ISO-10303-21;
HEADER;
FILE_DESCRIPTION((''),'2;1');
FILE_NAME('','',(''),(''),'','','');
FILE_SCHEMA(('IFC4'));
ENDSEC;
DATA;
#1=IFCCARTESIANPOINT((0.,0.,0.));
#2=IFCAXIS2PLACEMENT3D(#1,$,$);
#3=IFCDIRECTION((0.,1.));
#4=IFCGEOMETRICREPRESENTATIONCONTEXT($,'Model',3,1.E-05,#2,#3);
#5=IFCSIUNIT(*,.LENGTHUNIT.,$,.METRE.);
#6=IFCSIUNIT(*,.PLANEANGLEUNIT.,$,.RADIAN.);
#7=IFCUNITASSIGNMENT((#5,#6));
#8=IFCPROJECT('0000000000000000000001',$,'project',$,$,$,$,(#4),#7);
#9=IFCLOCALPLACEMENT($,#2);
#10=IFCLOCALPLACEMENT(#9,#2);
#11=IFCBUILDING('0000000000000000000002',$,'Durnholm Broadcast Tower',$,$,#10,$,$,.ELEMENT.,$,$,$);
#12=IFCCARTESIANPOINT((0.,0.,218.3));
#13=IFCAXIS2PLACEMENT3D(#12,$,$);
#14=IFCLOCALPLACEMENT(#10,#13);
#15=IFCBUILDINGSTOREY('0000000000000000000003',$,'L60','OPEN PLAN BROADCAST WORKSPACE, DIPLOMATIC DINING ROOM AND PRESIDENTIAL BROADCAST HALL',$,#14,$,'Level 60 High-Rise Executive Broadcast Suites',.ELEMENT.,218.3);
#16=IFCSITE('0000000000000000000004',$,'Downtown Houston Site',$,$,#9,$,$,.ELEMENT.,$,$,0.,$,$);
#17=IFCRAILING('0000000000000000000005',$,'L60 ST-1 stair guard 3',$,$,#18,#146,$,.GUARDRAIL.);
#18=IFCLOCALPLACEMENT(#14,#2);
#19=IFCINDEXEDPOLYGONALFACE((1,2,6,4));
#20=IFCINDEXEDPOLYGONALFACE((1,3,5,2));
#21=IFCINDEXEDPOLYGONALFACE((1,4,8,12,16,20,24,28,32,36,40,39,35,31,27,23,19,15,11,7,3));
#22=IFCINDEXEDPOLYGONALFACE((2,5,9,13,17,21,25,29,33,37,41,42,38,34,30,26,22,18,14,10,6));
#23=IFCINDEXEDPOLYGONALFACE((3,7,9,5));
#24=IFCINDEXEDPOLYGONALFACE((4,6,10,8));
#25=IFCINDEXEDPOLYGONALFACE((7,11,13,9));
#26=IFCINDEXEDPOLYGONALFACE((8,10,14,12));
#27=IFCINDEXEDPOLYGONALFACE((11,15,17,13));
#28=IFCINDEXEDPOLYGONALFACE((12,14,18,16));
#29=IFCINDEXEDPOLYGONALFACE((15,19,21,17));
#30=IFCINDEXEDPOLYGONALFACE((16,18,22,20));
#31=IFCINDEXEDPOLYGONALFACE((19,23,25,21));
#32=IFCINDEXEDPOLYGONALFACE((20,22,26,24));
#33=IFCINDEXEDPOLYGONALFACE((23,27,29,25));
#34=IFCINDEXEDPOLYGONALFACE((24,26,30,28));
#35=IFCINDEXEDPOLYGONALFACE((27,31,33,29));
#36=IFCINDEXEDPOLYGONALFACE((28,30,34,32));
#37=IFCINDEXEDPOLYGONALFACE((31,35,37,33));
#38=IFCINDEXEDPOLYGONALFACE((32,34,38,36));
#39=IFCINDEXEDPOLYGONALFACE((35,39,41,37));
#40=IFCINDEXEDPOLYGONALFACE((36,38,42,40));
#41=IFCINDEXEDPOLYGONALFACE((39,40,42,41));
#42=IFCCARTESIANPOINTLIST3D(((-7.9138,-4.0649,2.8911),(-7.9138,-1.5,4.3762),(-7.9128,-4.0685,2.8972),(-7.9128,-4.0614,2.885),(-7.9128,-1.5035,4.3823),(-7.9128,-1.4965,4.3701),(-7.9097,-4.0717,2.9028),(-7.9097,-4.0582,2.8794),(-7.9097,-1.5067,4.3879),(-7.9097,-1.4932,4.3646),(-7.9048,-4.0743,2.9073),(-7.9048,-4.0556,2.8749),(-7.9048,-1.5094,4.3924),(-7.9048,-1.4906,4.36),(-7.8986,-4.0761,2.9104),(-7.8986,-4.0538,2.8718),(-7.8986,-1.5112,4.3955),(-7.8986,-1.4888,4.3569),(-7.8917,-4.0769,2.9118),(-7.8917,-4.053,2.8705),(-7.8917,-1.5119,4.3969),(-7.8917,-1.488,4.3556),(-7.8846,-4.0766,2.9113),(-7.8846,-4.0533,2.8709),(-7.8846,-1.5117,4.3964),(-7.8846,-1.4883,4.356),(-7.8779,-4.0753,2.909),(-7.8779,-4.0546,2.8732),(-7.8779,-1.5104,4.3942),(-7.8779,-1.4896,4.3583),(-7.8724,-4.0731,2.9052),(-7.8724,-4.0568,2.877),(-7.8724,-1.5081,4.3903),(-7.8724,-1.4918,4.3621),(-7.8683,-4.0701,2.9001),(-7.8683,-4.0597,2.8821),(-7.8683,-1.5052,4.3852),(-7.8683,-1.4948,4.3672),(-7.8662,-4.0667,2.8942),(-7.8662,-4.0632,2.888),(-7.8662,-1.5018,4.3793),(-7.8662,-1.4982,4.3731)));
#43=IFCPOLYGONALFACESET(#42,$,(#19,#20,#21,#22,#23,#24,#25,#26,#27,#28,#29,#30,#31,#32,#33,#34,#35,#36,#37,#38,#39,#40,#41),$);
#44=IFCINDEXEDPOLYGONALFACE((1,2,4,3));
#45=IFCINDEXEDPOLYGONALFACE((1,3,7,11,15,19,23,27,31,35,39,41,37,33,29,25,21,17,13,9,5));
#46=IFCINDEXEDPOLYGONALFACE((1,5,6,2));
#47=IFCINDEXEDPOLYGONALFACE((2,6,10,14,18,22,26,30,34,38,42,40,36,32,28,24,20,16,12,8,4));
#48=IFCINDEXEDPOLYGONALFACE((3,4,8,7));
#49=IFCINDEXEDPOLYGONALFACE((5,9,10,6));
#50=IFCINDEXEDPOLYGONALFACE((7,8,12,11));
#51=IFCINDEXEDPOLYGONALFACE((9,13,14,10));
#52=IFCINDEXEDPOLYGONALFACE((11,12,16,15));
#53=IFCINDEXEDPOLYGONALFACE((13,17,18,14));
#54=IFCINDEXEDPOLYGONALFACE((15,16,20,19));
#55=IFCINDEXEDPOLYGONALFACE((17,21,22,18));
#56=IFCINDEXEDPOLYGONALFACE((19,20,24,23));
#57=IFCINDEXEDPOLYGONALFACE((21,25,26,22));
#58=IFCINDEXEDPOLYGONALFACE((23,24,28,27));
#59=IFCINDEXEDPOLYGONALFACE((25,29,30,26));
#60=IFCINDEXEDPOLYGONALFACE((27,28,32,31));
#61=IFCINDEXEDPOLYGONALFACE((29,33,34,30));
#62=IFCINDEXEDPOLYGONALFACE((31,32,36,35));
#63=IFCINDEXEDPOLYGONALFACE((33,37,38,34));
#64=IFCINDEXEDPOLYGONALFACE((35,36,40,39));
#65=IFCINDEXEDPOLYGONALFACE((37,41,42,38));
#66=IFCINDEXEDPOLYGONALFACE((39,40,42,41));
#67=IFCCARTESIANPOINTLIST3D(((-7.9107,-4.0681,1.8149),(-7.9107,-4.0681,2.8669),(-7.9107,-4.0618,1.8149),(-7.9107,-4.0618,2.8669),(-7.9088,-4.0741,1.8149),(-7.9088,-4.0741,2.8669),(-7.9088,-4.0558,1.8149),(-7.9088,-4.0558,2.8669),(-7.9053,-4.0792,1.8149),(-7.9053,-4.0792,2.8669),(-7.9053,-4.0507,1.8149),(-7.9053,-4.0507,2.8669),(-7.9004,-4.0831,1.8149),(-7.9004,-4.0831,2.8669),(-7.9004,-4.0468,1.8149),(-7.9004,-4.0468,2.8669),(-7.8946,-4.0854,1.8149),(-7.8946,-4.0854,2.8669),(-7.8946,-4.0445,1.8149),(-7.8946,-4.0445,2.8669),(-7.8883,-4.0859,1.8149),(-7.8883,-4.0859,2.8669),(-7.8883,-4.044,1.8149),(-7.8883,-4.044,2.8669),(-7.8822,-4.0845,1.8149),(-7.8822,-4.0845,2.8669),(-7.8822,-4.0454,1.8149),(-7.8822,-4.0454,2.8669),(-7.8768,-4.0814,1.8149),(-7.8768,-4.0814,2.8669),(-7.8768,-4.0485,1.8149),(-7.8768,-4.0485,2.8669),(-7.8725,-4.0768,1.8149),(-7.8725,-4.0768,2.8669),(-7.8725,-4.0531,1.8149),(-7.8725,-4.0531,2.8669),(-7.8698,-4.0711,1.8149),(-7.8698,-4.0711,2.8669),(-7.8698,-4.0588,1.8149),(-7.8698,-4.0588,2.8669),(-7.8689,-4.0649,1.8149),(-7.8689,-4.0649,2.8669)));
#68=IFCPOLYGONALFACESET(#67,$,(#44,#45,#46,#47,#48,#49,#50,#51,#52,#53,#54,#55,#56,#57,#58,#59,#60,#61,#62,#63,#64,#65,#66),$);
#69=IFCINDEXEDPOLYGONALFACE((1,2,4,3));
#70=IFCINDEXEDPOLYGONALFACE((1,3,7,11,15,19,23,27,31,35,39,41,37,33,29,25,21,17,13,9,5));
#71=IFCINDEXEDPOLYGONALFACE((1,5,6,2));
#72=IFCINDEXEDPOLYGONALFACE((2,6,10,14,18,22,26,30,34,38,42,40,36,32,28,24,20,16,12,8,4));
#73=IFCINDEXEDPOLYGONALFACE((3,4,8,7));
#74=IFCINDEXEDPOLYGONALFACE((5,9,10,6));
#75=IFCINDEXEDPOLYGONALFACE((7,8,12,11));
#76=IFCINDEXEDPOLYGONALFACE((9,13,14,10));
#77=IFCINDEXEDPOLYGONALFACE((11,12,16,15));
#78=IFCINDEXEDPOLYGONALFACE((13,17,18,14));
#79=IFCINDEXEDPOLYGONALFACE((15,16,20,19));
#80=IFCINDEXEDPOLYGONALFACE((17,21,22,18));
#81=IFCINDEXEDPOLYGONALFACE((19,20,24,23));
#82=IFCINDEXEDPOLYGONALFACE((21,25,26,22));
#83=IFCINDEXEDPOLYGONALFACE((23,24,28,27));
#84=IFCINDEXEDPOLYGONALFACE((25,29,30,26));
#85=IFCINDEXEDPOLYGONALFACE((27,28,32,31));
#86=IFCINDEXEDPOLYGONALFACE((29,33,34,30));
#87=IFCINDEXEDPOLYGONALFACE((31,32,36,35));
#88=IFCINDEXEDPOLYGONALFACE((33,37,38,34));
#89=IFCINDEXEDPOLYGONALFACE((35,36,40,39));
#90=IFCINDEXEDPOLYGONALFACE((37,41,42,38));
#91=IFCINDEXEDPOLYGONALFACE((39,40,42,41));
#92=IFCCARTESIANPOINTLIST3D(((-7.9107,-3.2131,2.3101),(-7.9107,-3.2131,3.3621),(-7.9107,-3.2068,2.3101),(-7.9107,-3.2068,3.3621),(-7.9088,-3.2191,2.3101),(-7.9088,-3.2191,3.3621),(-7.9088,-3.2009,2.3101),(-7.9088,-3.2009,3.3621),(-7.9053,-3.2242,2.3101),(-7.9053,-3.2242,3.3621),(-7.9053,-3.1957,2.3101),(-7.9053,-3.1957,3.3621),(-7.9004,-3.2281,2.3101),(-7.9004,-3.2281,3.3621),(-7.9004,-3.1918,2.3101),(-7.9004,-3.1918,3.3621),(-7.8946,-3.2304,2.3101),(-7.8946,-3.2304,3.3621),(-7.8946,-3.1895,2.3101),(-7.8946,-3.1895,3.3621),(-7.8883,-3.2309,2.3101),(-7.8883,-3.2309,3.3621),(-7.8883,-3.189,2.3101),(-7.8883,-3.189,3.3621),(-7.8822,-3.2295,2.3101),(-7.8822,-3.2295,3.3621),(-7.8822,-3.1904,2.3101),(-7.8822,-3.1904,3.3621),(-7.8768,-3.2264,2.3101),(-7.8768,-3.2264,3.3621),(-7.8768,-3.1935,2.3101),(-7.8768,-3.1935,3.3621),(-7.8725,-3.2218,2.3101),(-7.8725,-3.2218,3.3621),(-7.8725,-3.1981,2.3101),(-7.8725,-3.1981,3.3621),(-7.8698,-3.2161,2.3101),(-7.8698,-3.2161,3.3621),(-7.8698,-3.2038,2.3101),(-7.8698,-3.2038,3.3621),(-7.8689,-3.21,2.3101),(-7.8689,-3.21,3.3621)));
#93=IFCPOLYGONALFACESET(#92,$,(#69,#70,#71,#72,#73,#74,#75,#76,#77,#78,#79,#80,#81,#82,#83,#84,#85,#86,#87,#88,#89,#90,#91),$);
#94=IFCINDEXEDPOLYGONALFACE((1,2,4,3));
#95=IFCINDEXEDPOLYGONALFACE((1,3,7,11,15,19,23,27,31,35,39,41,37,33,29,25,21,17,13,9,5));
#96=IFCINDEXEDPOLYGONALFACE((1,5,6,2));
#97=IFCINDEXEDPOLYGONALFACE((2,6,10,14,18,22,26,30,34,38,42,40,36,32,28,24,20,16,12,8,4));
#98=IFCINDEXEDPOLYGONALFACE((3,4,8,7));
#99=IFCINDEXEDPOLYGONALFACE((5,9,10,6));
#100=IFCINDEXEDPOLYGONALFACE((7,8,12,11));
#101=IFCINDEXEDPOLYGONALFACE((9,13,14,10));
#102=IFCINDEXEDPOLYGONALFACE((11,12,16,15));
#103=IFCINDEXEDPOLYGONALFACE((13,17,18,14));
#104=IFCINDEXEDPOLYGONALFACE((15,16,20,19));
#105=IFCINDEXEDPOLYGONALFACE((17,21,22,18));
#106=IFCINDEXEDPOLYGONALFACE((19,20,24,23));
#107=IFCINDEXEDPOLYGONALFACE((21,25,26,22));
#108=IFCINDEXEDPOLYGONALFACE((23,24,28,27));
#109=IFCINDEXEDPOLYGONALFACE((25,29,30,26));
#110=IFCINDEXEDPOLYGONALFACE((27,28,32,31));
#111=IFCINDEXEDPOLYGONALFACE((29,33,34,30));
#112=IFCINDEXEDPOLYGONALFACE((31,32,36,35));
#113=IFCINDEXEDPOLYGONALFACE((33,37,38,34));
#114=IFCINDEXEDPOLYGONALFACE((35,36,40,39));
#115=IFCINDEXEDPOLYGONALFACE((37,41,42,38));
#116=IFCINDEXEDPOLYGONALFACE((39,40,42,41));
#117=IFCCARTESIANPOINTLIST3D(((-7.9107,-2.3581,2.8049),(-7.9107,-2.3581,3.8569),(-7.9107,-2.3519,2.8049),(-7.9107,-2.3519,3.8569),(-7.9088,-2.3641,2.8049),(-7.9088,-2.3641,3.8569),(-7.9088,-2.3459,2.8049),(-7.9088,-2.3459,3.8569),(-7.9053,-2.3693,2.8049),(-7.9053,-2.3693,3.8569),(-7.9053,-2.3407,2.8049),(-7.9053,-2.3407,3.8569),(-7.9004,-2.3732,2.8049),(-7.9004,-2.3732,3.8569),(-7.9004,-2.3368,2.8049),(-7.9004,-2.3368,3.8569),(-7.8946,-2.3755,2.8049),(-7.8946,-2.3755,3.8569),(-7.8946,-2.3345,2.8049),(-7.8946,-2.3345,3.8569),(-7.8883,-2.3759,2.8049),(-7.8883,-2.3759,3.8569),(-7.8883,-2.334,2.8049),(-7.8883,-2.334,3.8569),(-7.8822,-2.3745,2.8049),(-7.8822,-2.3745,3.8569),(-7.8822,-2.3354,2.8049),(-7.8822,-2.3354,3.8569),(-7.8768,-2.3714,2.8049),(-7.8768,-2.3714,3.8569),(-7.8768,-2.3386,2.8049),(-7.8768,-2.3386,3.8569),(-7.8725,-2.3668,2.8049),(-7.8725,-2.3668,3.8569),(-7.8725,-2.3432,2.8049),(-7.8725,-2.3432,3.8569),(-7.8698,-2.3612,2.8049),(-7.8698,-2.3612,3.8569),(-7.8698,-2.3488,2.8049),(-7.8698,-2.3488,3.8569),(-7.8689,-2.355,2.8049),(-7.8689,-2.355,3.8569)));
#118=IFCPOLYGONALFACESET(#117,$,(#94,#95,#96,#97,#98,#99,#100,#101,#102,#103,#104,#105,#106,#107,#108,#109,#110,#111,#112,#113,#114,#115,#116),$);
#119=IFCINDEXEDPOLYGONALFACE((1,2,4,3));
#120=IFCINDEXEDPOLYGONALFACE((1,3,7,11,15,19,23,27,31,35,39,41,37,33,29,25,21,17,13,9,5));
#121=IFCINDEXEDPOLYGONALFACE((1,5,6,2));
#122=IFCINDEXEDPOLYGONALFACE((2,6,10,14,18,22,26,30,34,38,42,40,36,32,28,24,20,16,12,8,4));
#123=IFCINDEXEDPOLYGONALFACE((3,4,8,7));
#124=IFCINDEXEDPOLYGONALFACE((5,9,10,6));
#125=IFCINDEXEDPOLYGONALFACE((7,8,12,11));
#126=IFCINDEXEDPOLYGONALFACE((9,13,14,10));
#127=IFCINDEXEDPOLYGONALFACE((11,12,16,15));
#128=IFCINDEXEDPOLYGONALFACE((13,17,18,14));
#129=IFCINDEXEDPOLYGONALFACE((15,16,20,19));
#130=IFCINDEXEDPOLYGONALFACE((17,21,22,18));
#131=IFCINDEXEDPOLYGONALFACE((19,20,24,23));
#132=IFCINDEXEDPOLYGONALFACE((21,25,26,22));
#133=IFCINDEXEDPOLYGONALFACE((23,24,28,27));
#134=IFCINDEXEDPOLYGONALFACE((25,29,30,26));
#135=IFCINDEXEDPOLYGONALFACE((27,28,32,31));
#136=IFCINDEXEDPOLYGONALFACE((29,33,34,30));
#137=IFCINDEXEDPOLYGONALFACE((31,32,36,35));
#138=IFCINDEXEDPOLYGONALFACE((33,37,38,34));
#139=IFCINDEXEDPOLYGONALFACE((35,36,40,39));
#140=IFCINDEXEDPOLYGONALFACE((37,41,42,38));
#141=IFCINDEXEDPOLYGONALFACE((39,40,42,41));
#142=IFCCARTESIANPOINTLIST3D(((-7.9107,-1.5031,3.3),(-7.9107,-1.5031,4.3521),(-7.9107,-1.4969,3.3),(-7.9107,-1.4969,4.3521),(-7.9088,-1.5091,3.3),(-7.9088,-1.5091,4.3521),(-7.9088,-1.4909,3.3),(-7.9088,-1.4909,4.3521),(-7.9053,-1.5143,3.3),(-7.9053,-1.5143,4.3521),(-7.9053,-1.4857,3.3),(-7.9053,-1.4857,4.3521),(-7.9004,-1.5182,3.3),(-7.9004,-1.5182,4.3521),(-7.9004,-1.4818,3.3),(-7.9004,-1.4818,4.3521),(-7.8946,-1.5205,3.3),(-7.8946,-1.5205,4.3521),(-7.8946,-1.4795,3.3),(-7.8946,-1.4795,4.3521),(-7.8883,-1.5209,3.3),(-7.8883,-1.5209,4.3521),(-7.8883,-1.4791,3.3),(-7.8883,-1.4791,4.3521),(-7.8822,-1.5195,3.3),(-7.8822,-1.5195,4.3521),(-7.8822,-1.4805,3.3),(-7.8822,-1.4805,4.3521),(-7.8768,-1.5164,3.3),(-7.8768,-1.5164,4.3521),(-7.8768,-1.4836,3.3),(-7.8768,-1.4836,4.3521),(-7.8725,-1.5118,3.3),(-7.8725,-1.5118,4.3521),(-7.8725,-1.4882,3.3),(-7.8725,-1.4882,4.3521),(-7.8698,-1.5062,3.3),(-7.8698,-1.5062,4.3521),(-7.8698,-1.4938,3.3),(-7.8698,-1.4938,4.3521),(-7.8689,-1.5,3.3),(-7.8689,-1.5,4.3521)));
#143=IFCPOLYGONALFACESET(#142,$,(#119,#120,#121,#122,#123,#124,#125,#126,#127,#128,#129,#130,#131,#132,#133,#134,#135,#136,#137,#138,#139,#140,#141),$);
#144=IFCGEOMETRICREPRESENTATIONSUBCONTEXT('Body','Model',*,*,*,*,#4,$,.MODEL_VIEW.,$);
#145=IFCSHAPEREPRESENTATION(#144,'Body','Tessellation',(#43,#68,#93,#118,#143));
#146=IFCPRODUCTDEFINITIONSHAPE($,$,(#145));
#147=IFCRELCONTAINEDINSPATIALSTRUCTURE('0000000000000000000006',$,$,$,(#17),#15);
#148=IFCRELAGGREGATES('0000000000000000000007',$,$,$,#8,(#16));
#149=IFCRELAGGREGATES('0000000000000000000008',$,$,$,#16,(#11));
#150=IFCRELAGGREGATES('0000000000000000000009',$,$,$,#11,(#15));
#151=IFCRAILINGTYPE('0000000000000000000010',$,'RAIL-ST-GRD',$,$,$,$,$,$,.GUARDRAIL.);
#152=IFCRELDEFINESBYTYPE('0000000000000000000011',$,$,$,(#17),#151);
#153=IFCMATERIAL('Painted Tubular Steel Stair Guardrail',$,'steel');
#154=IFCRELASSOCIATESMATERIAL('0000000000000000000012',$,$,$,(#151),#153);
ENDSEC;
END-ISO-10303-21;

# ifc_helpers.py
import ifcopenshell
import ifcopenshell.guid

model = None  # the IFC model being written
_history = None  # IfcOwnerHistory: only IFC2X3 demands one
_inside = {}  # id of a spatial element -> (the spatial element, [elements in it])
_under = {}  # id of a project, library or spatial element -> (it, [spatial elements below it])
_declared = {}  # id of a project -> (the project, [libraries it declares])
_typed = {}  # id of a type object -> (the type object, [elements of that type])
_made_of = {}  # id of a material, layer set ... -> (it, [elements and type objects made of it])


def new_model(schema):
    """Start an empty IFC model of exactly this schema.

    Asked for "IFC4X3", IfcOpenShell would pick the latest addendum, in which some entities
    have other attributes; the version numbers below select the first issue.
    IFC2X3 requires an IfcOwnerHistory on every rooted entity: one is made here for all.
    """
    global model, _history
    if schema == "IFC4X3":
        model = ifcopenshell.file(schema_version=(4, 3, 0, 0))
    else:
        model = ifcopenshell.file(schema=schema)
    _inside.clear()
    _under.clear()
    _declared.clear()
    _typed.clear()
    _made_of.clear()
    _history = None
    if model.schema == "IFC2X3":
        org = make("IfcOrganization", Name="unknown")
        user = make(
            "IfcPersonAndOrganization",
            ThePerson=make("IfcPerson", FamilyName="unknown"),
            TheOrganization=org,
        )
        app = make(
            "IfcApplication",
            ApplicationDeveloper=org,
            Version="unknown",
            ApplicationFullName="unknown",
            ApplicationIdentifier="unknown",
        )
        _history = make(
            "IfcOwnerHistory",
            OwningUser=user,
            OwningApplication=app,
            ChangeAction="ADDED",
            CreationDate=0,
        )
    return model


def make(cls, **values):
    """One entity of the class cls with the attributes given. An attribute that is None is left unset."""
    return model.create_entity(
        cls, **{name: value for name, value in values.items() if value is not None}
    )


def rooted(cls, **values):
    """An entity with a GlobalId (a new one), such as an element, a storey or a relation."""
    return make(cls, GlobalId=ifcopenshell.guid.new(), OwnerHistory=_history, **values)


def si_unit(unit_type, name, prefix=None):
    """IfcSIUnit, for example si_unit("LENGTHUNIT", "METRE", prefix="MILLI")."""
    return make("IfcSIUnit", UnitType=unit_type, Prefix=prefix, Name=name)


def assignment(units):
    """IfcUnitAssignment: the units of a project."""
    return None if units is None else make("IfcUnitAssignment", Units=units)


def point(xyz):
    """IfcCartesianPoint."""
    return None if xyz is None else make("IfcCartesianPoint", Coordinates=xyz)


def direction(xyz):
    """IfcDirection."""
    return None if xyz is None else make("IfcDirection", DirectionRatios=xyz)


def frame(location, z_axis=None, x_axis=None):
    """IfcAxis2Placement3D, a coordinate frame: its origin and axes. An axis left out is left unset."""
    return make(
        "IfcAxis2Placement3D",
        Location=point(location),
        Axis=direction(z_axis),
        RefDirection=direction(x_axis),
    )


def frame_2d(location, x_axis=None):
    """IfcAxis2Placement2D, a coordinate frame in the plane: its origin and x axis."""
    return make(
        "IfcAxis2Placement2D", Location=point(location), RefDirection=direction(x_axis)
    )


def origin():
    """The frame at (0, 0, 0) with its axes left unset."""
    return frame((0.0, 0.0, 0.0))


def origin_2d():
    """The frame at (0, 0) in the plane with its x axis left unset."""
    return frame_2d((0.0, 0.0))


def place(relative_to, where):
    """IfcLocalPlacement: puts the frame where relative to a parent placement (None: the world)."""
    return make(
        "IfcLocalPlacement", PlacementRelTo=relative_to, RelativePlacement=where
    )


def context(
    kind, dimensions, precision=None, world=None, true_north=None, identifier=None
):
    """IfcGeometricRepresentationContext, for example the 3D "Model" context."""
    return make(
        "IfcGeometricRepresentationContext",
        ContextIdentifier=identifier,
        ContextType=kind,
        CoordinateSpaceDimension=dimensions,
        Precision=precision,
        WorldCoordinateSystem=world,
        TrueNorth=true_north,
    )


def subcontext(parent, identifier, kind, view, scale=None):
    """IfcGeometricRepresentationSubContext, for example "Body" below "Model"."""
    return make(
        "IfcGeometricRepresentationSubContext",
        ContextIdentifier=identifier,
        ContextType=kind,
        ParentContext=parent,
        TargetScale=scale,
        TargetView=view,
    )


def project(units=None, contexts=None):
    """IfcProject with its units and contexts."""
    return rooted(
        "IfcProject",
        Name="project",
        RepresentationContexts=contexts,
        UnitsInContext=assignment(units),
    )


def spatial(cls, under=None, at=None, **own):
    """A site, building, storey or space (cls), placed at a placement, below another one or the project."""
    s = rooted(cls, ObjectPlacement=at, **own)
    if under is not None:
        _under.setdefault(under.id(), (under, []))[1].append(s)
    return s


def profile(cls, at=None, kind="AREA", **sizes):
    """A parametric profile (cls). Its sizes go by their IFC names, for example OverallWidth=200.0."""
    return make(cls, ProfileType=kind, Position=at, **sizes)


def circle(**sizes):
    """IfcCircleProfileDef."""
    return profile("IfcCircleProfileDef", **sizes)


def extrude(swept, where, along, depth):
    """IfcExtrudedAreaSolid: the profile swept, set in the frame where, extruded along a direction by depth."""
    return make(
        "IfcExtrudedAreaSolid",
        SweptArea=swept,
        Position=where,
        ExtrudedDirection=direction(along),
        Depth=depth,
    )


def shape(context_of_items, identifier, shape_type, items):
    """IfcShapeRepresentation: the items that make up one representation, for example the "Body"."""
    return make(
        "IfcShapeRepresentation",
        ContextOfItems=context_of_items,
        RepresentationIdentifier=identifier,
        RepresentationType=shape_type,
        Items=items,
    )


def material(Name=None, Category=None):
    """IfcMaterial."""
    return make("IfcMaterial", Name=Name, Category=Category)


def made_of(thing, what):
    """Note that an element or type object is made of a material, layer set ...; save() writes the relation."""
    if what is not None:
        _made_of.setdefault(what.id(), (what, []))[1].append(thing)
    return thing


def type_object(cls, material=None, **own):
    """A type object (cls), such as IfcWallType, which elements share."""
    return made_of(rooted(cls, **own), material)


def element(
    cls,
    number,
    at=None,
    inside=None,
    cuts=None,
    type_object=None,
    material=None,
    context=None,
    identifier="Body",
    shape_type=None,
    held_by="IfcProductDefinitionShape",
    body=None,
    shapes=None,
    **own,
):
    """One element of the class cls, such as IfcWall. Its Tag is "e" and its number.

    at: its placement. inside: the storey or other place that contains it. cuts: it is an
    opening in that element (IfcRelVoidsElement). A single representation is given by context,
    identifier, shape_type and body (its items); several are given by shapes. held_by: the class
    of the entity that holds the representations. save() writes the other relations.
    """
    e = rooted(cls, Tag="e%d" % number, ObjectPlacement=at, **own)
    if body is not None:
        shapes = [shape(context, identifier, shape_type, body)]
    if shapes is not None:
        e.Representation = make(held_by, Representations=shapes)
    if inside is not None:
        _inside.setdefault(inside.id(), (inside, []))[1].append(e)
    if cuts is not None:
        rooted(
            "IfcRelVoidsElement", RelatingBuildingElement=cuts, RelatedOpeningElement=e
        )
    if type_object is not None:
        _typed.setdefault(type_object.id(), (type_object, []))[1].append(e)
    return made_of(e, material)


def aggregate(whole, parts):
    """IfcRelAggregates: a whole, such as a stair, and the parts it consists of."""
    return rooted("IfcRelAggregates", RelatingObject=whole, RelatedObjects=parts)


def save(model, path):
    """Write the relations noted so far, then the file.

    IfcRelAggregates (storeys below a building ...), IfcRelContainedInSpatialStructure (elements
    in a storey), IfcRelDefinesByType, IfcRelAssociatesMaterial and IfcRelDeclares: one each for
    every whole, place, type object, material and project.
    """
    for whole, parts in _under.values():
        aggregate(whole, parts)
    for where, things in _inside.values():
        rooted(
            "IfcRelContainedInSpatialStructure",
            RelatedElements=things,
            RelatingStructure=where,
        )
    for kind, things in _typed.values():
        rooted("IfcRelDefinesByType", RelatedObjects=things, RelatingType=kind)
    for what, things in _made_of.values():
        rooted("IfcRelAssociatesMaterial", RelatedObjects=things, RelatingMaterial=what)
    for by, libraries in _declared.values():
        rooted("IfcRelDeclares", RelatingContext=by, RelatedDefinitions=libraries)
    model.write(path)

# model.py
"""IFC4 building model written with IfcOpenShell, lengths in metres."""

from ifc_helpers import new_model, si_unit, direction, frame, origin, origin_2d, place, context, subcontext, project, spatial, circle, extrude, material, type_object, element, save


model = new_model("IFC4")

# Units and contexts
model_context = context("Model", 3, precision=1e-05, world=origin(), true_north=direction((0.0, 1.0)))
body_context = subcontext(model_context, "Body", "Model", "MODEL_VIEW")
ifc_project = project(units=[si_unit("LENGTHUNIT", "METRE"), si_unit("PLANEANGLEUNIT", "RADIAN")], contexts=[model_context])

# Site, building, storey
site_placement = place(None, origin())
site = spatial("IfcSite", under=ifc_project, at=site_placement, Name="Downtown Houston Site", CompositionType="ELEMENT", RefElevation=0.0)
building_placement = place(site_placement, origin())
building = spatial("IfcBuilding", under=site, at=building_placement, Name="Durnholm Broadcast Tower", CompositionType="ELEMENT")
storey_placement = place(building_placement, frame((0.0, 0.0, 218.3)))
storey = spatial("IfcBuildingStorey", under=building, at=storey_placement, Name="L60", Description="OPEN PLAN BROADCAST WORKSPACE, DIPLOMATIC DINING ROOM AND PRESIDENTIAL BROADCAST HALL", LongName="Level 60 High-Rise Executive Broadcast Suites", CompositionType="ELEMENT", Elevation=218.3)

# Railing
ifc_material_1 = material(Name="Painted Tubular Steel Stair Guardrail", Category="steel")
railing_type_1 = type_object("IfcRailingType", Name="RAIL-ST-GRD", PredefinedType="GUARDRAIL", material=ifc_material_1)
railing_1_placement = place(storey_placement, frame((-7.8899, -4.0649, 1.8149)))
element("IfcRailing", 1, at=railing_1_placement, inside=storey, type_object=railing_type_1, Name="L60 ST-1 stair guard 3", PredefinedType="GUARDRAIL", context=body_context, shape_type="SweptSolid", body=[
    extrude(circle(Radius=0.0239, at=origin_2d()), frame((0.0, 0.0, 1.0762), z_axis=(0.0, 0.865406, 0.501072), x_axis=(-1.0, 0.0, 0.0)), (0.0, 0.0, 1.0), 2.9639),
    extrude(circle(Radius=0.021, at=origin_2d()), origin(), (0.0, 0.0, 1.0), 1.052),
    extrude(circle(Radius=0.021, at=origin_2d()), frame((0.0, 0.855, 0.4951)), (0.0, 0.0, 1.0), 1.052),
    extrude(circle(Radius=0.021, at=origin_2d()), frame((0.0, 1.71, 0.99)), (0.0, 0.0, 1.0), 1.052),
    extrude(circle(Radius=0.021, at=origin_2d()), frame((0.0, 2.5649, 1.4851)), (0.0, 0.0, 1.0), 1.052),
])

save(model, "model.ifc")
